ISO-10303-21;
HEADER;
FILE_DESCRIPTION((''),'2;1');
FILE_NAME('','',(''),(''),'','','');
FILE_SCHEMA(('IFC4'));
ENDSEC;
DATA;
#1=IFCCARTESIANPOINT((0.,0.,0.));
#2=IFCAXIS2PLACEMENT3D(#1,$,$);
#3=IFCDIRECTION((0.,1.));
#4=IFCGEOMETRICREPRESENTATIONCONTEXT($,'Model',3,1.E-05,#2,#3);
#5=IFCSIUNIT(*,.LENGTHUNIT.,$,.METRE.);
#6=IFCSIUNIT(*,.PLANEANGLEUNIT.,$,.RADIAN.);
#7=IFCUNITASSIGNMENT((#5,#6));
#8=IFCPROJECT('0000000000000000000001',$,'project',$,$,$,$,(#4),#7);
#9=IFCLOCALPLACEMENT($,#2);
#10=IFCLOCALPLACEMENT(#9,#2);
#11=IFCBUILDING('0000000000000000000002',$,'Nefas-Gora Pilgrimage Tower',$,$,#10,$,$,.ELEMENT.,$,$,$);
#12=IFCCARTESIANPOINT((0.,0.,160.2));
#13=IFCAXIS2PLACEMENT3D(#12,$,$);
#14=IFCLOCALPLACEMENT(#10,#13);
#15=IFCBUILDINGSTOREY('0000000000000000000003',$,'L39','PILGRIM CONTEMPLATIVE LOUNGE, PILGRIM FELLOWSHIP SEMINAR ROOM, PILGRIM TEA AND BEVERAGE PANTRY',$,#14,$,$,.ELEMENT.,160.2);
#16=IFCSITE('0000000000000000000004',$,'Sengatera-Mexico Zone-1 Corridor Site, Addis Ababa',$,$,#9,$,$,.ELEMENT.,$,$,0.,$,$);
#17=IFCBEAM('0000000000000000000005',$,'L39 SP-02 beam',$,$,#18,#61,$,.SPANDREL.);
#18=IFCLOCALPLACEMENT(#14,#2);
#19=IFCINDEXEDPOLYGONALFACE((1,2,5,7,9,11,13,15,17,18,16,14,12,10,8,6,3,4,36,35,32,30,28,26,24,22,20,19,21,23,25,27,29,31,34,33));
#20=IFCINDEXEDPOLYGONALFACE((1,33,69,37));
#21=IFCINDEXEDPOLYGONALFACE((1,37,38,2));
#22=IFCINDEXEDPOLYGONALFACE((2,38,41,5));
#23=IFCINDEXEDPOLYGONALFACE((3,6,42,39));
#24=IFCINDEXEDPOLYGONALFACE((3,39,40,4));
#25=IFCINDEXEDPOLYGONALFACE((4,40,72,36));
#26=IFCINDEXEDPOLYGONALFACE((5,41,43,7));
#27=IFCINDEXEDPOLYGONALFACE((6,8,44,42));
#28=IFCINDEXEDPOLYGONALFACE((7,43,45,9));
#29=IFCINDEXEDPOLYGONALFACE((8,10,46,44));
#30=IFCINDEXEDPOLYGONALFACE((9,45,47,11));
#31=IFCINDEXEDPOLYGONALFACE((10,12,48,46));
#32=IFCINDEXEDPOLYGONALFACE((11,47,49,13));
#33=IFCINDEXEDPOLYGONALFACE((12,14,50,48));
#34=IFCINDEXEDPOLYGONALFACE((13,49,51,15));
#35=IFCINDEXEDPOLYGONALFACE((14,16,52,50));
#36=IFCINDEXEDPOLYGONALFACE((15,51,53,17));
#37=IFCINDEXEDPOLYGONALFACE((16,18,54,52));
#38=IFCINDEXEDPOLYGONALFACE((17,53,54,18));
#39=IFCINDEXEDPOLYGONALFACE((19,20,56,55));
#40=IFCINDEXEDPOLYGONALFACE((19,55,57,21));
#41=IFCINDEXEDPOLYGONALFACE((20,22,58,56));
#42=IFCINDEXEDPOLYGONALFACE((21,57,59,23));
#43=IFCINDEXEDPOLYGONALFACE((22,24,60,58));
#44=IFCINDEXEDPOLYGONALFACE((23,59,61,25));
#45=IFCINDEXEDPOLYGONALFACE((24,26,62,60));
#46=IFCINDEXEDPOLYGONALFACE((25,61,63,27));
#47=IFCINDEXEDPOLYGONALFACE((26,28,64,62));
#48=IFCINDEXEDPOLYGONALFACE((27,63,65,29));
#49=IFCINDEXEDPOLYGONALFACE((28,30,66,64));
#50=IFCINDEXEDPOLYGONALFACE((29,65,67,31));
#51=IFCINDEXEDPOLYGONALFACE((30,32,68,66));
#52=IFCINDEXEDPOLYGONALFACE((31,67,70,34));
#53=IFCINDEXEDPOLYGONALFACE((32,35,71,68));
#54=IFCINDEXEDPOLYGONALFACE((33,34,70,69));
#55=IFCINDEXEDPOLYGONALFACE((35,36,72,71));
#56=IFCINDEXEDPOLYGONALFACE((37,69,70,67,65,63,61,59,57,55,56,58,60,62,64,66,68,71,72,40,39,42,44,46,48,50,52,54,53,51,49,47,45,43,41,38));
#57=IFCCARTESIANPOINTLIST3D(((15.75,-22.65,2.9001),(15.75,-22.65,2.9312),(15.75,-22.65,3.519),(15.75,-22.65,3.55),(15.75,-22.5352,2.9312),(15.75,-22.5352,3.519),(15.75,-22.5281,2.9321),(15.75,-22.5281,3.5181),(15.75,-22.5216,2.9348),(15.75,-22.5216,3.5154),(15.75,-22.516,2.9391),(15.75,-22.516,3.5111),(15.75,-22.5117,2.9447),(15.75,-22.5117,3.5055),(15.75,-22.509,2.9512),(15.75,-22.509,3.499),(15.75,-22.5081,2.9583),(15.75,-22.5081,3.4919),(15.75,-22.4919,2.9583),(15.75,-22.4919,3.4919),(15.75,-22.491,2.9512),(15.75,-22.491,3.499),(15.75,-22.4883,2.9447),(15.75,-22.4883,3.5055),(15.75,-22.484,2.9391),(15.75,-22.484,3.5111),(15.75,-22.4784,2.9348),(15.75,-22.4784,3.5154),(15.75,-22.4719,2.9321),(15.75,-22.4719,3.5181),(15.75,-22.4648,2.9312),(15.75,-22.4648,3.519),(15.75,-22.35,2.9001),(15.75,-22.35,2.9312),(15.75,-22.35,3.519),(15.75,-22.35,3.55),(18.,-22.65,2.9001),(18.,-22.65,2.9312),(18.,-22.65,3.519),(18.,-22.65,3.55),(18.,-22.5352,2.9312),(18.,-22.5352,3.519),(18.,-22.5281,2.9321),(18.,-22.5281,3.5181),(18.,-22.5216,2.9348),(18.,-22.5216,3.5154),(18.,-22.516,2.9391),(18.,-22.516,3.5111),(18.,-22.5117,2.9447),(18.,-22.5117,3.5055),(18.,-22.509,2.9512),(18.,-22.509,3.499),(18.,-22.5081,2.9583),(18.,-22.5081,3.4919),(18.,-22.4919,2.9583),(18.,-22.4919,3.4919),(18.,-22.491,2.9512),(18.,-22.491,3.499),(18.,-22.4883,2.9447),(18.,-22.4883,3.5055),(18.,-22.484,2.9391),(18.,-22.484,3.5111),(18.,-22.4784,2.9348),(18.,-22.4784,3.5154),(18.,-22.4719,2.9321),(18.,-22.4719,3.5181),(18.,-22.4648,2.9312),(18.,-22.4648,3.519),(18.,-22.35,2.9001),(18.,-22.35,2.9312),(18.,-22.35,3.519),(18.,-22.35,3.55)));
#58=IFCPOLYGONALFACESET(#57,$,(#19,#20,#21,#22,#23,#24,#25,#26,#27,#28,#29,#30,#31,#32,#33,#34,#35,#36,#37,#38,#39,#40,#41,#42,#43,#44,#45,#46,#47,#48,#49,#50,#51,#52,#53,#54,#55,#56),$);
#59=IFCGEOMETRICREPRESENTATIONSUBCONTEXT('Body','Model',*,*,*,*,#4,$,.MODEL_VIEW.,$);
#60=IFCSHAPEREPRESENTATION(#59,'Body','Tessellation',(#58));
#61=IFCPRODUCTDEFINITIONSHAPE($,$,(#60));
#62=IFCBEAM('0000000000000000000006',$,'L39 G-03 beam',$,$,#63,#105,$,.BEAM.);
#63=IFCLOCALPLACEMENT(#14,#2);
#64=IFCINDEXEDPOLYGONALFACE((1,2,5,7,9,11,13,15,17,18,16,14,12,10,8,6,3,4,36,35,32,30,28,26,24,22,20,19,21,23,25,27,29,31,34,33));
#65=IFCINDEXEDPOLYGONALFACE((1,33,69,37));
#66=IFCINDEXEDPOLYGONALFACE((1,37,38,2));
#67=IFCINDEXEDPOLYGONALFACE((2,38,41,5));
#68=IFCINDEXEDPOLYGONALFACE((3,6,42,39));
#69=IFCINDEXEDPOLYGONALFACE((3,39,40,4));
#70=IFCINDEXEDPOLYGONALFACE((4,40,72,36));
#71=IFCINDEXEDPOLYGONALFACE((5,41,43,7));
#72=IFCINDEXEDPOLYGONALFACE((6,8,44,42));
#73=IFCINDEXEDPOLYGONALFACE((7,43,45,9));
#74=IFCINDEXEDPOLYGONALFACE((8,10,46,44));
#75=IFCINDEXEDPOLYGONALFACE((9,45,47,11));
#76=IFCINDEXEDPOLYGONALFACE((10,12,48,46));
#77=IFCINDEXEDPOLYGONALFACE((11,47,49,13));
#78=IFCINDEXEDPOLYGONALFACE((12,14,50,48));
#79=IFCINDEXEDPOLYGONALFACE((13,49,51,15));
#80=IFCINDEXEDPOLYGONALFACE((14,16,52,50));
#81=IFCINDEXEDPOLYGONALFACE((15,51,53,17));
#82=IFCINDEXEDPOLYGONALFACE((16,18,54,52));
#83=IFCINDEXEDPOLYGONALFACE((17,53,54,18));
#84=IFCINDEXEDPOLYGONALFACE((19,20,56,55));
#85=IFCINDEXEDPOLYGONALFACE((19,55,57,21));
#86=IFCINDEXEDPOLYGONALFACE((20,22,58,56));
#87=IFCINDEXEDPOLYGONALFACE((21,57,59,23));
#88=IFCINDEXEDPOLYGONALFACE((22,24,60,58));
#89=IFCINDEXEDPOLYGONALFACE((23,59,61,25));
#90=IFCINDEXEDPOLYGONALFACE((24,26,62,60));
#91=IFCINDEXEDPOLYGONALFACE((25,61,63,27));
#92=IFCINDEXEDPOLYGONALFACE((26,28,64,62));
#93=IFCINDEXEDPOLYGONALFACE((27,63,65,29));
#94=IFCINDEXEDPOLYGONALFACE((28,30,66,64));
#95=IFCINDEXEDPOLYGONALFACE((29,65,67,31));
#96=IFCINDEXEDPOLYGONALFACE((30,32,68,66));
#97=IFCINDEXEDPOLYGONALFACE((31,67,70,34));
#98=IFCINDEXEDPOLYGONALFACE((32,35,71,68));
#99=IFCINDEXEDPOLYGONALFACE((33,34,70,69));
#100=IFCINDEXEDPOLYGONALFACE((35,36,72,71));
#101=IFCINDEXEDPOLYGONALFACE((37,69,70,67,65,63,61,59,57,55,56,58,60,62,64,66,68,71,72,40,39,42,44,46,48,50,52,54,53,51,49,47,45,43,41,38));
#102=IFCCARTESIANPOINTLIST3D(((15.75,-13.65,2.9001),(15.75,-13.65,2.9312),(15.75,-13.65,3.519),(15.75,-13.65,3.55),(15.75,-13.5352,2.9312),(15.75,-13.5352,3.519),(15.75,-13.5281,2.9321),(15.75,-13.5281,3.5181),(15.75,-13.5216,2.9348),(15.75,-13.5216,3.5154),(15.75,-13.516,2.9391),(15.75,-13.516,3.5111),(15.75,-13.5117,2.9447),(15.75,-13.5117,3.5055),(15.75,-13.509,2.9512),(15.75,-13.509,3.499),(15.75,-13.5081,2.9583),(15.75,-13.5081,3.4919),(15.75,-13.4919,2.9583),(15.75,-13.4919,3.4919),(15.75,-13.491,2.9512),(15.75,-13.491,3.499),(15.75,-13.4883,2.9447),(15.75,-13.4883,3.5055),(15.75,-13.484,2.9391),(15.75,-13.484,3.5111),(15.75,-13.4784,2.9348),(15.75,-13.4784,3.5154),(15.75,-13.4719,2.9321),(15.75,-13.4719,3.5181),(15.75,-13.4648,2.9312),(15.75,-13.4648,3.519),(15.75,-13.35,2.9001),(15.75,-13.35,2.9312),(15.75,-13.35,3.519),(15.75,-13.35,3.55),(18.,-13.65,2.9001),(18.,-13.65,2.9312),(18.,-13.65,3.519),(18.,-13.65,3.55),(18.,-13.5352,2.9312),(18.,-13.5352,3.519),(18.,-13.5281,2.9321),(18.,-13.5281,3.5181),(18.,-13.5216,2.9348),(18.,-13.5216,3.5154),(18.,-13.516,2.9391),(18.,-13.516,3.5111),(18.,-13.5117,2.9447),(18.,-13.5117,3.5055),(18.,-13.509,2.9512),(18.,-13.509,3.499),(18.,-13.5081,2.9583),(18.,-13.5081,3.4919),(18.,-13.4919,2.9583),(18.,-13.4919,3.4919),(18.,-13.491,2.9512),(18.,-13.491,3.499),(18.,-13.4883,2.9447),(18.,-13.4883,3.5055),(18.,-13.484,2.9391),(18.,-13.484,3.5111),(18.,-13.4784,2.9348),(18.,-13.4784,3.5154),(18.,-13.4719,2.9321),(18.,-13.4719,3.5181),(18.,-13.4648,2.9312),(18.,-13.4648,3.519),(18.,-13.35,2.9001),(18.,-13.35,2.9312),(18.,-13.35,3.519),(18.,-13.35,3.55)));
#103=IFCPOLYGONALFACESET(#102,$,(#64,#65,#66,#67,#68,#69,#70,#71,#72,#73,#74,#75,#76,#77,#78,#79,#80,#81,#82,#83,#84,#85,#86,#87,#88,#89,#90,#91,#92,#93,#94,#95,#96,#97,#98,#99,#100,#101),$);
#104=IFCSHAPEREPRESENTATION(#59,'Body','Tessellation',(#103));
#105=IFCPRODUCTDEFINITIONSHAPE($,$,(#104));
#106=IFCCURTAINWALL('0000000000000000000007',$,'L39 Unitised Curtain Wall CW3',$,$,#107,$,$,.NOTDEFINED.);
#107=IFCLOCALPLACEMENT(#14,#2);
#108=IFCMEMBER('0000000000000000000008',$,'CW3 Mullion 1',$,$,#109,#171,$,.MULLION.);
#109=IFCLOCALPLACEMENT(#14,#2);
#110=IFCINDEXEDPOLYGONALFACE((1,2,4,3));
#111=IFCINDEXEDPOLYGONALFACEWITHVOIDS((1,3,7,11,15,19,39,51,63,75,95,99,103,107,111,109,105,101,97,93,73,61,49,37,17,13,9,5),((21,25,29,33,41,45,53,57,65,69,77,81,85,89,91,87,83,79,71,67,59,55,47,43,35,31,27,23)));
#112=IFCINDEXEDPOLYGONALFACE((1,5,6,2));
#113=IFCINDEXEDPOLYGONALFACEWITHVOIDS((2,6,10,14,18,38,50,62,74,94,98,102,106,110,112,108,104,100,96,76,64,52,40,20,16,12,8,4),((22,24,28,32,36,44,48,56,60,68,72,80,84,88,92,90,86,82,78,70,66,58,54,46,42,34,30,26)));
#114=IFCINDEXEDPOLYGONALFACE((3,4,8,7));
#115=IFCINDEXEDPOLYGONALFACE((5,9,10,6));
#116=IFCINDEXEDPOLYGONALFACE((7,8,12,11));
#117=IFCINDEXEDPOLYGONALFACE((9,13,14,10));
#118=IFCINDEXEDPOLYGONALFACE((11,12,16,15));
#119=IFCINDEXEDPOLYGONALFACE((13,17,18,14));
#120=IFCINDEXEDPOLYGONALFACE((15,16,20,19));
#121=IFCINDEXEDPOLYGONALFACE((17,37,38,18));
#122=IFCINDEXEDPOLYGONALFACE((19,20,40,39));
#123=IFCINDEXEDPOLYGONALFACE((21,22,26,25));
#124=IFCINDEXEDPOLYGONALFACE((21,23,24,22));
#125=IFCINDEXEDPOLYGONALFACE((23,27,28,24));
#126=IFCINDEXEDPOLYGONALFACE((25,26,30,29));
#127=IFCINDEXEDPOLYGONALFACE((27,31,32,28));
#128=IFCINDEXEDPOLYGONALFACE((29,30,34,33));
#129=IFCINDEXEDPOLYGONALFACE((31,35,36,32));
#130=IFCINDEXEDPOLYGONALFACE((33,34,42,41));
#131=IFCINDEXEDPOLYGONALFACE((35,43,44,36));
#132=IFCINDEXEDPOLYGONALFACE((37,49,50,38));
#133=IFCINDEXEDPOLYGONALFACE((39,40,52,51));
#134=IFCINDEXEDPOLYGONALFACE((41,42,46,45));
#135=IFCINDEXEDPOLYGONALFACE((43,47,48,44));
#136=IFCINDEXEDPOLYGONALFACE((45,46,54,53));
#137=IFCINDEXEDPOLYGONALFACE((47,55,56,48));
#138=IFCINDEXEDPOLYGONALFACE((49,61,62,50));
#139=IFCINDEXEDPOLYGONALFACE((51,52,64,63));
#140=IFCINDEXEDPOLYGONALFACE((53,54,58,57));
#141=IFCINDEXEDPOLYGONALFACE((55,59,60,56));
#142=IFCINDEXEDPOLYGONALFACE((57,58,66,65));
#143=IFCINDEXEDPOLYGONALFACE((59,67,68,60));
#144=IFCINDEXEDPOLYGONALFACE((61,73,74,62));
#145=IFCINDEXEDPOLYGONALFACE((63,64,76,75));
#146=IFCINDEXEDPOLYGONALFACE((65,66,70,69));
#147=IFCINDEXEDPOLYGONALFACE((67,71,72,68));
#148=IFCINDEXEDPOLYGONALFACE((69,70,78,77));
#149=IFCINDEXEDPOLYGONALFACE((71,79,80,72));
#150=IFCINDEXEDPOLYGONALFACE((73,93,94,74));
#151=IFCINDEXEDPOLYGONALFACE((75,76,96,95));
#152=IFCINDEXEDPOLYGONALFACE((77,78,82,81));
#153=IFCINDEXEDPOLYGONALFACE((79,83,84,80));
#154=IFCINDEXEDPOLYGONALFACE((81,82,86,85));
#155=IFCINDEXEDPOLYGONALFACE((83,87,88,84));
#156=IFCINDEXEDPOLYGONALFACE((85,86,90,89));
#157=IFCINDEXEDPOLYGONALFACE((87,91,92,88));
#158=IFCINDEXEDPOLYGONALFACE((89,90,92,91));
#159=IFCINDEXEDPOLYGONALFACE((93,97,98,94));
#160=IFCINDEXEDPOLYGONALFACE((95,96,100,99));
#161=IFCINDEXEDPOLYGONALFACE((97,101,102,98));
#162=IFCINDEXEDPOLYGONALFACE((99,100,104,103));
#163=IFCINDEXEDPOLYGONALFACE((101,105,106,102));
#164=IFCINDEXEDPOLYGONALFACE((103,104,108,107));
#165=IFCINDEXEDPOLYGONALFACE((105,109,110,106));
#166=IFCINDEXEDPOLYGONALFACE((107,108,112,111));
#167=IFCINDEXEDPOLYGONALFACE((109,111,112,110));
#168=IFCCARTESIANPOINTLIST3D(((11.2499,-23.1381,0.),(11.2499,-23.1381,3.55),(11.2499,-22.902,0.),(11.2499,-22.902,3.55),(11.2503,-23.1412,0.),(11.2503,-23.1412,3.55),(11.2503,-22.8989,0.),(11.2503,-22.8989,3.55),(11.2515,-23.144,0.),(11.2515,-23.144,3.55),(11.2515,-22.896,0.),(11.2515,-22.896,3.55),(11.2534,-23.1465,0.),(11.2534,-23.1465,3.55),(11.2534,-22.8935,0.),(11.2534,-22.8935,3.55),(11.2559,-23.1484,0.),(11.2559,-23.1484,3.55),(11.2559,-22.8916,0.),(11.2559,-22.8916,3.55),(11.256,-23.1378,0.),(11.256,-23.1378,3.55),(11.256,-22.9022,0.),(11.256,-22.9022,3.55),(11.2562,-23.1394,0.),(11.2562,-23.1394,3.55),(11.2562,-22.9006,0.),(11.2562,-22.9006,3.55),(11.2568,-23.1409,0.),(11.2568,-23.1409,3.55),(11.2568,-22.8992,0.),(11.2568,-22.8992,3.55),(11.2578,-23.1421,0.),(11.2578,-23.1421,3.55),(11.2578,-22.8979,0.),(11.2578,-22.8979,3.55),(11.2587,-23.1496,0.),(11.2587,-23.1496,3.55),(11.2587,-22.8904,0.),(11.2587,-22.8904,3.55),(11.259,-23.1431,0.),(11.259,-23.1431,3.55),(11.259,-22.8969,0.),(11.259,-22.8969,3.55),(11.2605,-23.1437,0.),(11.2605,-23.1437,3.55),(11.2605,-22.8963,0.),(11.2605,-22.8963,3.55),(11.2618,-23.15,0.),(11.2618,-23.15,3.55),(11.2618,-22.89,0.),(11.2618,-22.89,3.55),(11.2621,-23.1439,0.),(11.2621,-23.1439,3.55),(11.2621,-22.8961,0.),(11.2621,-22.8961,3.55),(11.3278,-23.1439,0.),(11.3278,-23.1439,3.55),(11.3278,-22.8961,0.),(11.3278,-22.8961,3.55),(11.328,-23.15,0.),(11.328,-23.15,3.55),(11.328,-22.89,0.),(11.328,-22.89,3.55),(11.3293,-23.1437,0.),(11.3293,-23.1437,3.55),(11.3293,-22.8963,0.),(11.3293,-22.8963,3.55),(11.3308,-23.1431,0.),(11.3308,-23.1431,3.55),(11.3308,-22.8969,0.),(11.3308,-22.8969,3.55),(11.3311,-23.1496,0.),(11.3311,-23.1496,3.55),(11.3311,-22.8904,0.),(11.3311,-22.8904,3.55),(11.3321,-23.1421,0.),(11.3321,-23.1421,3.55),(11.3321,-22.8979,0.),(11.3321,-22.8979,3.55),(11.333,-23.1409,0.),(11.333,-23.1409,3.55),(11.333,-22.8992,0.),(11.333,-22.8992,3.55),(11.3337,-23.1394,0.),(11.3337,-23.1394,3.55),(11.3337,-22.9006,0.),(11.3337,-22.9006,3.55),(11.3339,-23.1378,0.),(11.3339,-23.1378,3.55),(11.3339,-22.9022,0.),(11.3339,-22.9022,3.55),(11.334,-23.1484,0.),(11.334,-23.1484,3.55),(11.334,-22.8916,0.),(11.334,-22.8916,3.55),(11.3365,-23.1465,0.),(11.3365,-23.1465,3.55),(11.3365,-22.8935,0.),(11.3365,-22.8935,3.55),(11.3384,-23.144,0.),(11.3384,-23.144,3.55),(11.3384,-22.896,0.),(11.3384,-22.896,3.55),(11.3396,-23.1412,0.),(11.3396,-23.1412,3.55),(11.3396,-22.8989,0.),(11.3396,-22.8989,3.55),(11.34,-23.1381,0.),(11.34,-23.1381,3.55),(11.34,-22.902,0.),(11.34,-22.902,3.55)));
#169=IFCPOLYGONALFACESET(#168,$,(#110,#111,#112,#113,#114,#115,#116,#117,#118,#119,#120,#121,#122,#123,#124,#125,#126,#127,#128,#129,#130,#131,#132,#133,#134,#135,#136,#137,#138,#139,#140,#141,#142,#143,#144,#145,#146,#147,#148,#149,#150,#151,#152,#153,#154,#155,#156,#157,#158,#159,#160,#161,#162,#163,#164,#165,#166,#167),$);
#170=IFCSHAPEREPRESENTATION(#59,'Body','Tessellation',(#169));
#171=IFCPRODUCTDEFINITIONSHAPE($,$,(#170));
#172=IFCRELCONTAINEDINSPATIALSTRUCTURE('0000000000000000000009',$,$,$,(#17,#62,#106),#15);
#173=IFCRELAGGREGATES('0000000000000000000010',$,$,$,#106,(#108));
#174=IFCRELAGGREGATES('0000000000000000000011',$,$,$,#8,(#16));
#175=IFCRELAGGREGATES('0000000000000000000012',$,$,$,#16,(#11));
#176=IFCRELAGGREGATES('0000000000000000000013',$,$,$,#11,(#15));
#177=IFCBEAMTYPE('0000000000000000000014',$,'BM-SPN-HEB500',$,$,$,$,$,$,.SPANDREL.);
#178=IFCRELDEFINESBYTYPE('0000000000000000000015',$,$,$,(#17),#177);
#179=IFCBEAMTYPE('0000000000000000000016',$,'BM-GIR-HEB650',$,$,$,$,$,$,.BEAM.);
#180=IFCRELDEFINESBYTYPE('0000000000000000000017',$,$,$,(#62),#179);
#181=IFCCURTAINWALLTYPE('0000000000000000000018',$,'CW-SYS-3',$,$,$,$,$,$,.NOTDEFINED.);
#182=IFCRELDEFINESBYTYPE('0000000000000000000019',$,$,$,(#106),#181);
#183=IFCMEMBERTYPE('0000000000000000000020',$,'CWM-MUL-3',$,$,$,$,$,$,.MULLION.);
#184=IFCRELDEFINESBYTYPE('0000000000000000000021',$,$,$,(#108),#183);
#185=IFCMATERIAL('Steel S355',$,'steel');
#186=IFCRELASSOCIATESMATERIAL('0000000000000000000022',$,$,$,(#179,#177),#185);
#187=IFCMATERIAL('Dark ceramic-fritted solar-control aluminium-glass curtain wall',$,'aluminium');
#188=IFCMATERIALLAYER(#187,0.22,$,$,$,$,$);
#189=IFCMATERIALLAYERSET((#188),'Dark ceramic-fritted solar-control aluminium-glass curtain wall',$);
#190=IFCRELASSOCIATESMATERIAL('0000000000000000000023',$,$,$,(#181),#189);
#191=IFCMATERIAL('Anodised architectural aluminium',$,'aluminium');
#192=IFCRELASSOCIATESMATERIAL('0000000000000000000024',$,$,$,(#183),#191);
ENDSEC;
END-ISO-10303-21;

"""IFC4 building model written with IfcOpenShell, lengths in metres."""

from ifc_helpers import new_model, si_unit, direction, frame, origin, origin_2d, place, context, subcontext, project, spatial, hollow_rectangle, i_section, extrude, source, transform, mapped, material, layer, layer_set, material_profile, profile_set, type_object, element, aggregate, save


model = new_model("IFC4")

# Units and contexts
model_context = context("Model", 3, precision=1e-05, world=origin(), true_north=direction((0.0, 1.0)))
body_context = subcontext(model_context, "Body", "Model", "MODEL_VIEW")
ifc_project = project(units=[si_unit("LENGTHUNIT", "METRE"), si_unit("PLANEANGLEUNIT", "RADIAN")], contexts=[model_context])

# Site, building, storey
site_placement = place(None, origin())
site = spatial("IfcSite", under=ifc_project, at=site_placement, Name="Sengatera-Mexico Zone-1 Corridor Site, Addis Ababa", CompositionType="ELEMENT", RefElevation=0.0)
building_placement = place(site_placement, origin())
building = spatial("IfcBuilding", under=site, at=building_placement, Name="Nefas-Gora Pilgrimage Tower", CompositionType="ELEMENT")
storey_placement = place(building_placement, frame((0.0, 0.0, 160.2)))
storey = spatial("IfcBuildingStorey", under=building, at=storey_placement, Name="L39", Description="PILGRIM CONTEMPLATIVE LOUNGE, PILGRIM FELLOWSHIP SEMINAR ROOM, PILGRIM TEA AND BEVERAGE PANTRY", CompositionType="ELEMENT", Elevation=160.2)

# Beams
ifc_material_1 = material(Name="Steel S355", Category="steel")
ifc_material_profile_1 = material_profile(ifc_material_1, i_section(OverallWidth=0.3, OverallDepth=0.6499, WebThickness=0.0161, FlangeThickness=0.031, FilletRadius=0.0271, at=origin_2d()), Name="HEB 650")
ifc_profile_set_1 = profile_set([ifc_material_profile_1], Name="Steel S355")
beam_type_1 = type_object("IfcBeamType", Name="BM-GIR-HEB650", PredefinedType="BEAM", material=ifc_profile_set_1)
ifc_material_profile_2 = material_profile(ifc_material_1, i_section(OverallWidth=0.3, OverallDepth=0.6499, WebThickness=0.0161, FlangeThickness=0.031, FilletRadius=0.0271, at=origin_2d()), Name="HEB 650")
ifc_profile_set_2 = profile_set([ifc_material_profile_2], Name="Steel S355")
beam_type_2 = type_object("IfcBeamType", Name="BM-SPN-HEB500", PredefinedType="SPANDREL", material=ifc_profile_set_2)
shared_shape_1 = source(origin(), body_context, "Body", "SweptSolid", [
    extrude(i_section(OverallWidth=0.3, OverallDepth=0.6499, WebThickness=0.0161, FlangeThickness=0.031, FilletRadius=0.0271, at=origin_2d()), origin(), (0.0, 0.0, 1.0), 2.25),
])
for number, where, z_axis, x_axis, name in (
    (1, (15.75, -22.5, 3.2251), (1.0, 0.0, 0.0), (0.0, 1.0, 0.0), "L39 SP-02 beam"),
):
    element("IfcBeam", number, at=place(storey_placement, frame(where, z_axis=z_axis, x_axis=x_axis)), inside=storey, type_object=beam_type_2, Name=name, PredefinedType="SPANDREL", context=body_context, shape_type="MappedRepresentation", body=[
        mapped(shared_shape_1, transform((0.0, 0.0, 0.0), x_axis=(1.0, 0.0, 0.0), y_axis=(0.0, 1.0, 0.0), z_axis=(0.0, 0.0, 1.0), scale=1.0)),
    ])
shared_shape_2 = source(origin(), body_context, "Body", "SweptSolid", [
    extrude(i_section(OverallWidth=0.3, OverallDepth=0.6499, WebThickness=0.0161, FlangeThickness=0.031, FilletRadius=0.0271, at=origin_2d()), origin(), (0.0, 0.0, 1.0), 2.25),
])
beam_1_placement = place(storey_placement, frame((15.75, -13.5, 3.2251), z_axis=(1.0, 0.0, 0.0), x_axis=(0.0, 1.0, 0.0)))
element("IfcBeam", 2, at=beam_1_placement, inside=storey, type_object=beam_type_1, Name="L39 G-03 beam", PredefinedType="BEAM", context=body_context, shape_type="MappedRepresentation", body=[
    mapped(shared_shape_2, transform((0.0, 0.0, 0.0), x_axis=(1.0, 0.0, 0.0), y_axis=(0.0, 1.0, 0.0), z_axis=(0.0, 0.0, 1.0), scale=1.0)),
])

# Curtain wall, member
ifc_material_2 = material(Name="Dark ceramic-fritted solar-control aluminium-glass curtain wall", Category="aluminium")
ifc_layer_1 = layer(ifc_material_2, 0.22)
ifc_layer_set_1 = layer_set([ifc_layer_1], Name="Dark ceramic-fritted solar-control aluminium-glass curtain wall")
curtain_wall_type = type_object("IfcCurtainWallType", Name="CW-SYS-3", PredefinedType="NOTDEFINED", material=ifc_layer_set_1)
curtain_wall_1_placement = place(storey_placement, origin())
curtain_wall_1 = element("IfcCurtainWall", 3, at=curtain_wall_1_placement, inside=storey, type_object=curtain_wall_type, Name="L39 Unitised Curtain Wall CW3", PredefinedType="NOTDEFINED")
ifc_material_3 = material(Name="Anodised architectural aluminium", Category="aluminium")
ifc_material_profile_3 = material_profile(ifc_material_3, hollow_rectangle(XDim=0.0901, YDim=0.26, WallThickness=0.0061, InnerFilletRadius=0.0061, OuterFilletRadius=0.012, at=origin_2d()), Name="ALU MULLION 90x260")
ifc_profile_set_3 = profile_set([ifc_material_profile_3], Name="Anodised architectural aluminium")
member_type_1 = type_object("IfcMemberType", Name="CWM-MUL-3", PredefinedType="MULLION", material=ifc_profile_set_3)
shared_shape_3 = source(origin(), body_context, "Body", "SweptSolid", [
    extrude(hollow_rectangle(XDim=0.0901, YDim=0.26, WallThickness=0.0061, InnerFilletRadius=0.0061, OuterFilletRadius=0.012, at=origin_2d()), origin(), (0.0, 0.0, 1.0), 3.55),
])
member_1_placement = place(storey_placement, frame((11.2949, -23.02, 0.0), z_axis=(0.0, 0.0, 1.0), x_axis=(1.0, 0.0, 0.0)))
member_1 = element("IfcMember", 4, at=member_1_placement, type_object=member_type_1, Name="CW3 Mullion 1", PredefinedType="MULLION", context=body_context, shape_type="MappedRepresentation", body=[
    mapped(shared_shape_3, transform((0.0, 0.0, 0.0), x_axis=(1.0, 0.0, 0.0), y_axis=(0.0, 1.0, 0.0), z_axis=(0.0, 0.0, 1.0), scale=1.0)),
])

aggregate(curtain_wall_1, [member_1])

save(model, "model.ifc")
